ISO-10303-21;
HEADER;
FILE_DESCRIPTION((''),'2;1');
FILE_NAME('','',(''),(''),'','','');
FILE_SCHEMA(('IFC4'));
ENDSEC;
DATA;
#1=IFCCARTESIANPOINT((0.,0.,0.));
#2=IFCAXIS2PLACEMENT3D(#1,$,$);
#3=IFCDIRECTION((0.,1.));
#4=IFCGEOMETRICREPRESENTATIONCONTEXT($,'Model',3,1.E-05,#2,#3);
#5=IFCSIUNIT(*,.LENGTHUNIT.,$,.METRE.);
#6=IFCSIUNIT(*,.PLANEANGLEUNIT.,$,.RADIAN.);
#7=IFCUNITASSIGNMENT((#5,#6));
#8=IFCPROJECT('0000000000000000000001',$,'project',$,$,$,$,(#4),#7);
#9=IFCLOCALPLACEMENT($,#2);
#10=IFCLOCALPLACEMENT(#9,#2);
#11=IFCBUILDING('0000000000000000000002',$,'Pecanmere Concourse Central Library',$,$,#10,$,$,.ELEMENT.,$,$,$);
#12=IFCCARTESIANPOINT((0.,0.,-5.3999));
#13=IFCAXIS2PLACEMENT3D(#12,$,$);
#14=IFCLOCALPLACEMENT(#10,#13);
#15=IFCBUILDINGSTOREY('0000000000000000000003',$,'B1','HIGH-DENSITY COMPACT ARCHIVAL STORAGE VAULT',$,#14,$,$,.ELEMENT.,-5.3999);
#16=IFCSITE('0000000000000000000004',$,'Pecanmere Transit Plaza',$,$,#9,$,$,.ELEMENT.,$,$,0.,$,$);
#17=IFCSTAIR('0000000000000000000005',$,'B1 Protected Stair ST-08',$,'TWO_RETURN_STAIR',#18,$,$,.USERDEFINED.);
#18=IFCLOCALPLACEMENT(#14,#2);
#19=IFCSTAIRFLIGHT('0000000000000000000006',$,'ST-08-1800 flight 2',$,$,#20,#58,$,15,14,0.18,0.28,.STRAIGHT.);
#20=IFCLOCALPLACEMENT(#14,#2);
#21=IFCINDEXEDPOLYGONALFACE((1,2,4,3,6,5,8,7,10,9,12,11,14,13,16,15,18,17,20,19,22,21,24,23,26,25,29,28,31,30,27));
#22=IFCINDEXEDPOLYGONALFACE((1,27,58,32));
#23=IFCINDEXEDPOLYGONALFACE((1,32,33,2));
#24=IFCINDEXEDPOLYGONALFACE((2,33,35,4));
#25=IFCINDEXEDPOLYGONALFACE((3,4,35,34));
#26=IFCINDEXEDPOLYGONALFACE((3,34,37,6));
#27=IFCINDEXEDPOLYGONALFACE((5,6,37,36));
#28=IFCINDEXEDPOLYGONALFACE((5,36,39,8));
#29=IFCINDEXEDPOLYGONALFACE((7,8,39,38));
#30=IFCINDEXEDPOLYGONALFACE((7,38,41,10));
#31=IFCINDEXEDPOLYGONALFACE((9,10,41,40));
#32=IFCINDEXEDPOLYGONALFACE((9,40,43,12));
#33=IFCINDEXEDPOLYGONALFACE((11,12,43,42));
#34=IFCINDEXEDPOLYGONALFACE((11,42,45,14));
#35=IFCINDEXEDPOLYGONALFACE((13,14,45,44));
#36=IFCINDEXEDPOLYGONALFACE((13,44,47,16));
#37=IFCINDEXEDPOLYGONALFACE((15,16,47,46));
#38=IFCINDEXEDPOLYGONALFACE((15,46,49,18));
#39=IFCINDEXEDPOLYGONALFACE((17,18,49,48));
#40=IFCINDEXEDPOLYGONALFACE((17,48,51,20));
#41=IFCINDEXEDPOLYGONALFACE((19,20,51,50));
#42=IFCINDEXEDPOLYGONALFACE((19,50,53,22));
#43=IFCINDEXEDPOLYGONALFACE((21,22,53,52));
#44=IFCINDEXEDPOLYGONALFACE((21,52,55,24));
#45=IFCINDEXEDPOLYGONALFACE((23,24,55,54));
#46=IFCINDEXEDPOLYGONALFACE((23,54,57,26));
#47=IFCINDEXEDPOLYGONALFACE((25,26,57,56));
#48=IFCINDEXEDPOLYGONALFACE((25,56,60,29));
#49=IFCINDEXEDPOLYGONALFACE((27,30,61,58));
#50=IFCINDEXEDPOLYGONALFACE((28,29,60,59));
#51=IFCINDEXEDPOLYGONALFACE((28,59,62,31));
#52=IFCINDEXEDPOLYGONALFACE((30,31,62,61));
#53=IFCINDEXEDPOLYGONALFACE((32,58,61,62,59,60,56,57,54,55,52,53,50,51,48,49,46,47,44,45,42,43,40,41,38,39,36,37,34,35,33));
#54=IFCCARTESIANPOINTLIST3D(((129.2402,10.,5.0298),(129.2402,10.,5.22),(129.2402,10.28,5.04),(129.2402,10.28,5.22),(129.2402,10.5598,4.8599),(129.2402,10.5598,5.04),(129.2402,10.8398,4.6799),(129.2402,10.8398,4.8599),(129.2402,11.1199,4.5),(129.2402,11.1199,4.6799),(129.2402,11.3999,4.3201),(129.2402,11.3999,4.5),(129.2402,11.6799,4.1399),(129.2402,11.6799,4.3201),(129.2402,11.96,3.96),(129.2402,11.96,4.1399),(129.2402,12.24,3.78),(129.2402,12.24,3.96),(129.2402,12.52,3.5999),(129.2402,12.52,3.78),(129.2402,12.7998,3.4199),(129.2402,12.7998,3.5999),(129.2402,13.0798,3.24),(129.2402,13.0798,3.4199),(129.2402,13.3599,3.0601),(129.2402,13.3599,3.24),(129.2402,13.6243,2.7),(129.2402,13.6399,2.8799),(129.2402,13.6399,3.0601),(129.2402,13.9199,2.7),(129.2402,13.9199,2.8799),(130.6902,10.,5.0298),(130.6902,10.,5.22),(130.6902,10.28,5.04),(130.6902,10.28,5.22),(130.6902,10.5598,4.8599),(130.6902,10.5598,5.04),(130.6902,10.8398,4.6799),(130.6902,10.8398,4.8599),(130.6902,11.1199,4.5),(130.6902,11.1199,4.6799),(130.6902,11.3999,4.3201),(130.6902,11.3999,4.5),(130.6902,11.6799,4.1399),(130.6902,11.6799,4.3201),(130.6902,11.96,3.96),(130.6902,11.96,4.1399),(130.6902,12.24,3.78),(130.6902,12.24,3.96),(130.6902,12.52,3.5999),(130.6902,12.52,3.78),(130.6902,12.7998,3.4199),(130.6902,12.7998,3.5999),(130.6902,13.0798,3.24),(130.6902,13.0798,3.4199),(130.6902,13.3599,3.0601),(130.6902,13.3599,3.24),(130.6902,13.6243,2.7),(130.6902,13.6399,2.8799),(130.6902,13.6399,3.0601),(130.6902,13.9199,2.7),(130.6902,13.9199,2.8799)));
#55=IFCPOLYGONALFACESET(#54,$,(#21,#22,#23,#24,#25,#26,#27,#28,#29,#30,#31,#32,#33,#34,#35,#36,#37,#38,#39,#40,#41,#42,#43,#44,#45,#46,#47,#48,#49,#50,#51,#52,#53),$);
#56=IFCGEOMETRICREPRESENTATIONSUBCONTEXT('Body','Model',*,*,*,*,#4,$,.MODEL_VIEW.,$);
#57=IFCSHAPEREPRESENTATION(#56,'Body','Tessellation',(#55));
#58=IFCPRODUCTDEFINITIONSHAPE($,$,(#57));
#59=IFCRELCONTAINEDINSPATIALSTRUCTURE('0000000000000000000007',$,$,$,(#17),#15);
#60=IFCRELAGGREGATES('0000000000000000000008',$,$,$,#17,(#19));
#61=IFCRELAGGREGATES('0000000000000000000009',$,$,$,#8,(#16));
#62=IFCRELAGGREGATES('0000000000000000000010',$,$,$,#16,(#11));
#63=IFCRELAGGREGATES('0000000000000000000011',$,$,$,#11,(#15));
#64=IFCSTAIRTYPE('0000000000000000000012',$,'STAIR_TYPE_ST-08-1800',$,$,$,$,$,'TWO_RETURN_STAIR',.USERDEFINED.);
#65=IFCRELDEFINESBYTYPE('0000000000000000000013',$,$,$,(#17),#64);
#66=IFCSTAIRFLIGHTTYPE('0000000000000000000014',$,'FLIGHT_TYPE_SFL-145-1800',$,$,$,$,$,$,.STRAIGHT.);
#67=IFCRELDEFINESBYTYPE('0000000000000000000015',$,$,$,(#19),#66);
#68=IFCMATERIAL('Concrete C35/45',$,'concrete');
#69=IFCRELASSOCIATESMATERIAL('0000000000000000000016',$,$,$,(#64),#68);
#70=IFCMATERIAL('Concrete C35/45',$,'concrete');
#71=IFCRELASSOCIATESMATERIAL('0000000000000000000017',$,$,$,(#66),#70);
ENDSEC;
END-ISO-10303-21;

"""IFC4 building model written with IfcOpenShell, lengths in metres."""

from ifc_helpers import new_model, si_unit, direction, frame, origin, place, context, subcontext, project, spatial, polyline, outline, extrude, material, type_object, element, aggregate, save


model = new_model("IFC4")

# Units and contexts
model_context = context("Model", 3, precision=1e-05, world=origin(), true_north=direction((0.0, 1.0)))
body_context = subcontext(model_context, "Body", "Model", "MODEL_VIEW")
ifc_project = project(units=[si_unit("LENGTHUNIT", "METRE"), si_unit("PLANEANGLEUNIT", "RADIAN")], contexts=[model_context])

# Site, building, storey
site_placement = place(None, origin())
site = spatial("IfcSite", under=ifc_project, at=site_placement, Name="Pecanmere Transit Plaza", CompositionType="ELEMENT", RefElevation=0.0)
building_placement = place(site_placement, origin())
building = spatial("IfcBuilding", under=site, at=building_placement, Name="Pecanmere Concourse Central Library", CompositionType="ELEMENT")
storey_placement = place(building_placement, frame((0.0, 0.0, -5.3999)))
storey = spatial("IfcBuildingStorey", under=building, at=storey_placement, Name="B1", Description="HIGH-DENSITY COMPACT ARCHIVAL STORAGE VAULT", CompositionType="ELEMENT", Elevation=-5.3999)

# Stair, stair flight
ifc_material_1 = material(Name="Concrete C35/45", Category="concrete")
stair_type = type_object("IfcStairType", Name="STAIR_TYPE_ST-08-1800", ElementType="TWO_RETURN_STAIR", PredefinedType="USERDEFINED", material=ifc_material_1)
stair_placement = place(storey_placement, origin())
stair = element("IfcStair", 1, at=stair_placement, inside=storey, type_object=stair_type, Name="B1 Protected Stair ST-08", ObjectType="TWO_RETURN_STAIR", PredefinedType="USERDEFINED")
ifc_material_2 = material(Name="Concrete C35/45", Category="concrete")
stair_flight_type = type_object("IfcStairFlightType", Name="FLIGHT_TYPE_SFL-145-1800", PredefinedType="STRAIGHT", material=ifc_material_2)
stair_flight_1_placement = place(storey_placement, frame((129.9651, 13.9199, 2.7), z_axis=(0.0, 0.0, 1.0), x_axis=(0.0, -1.0, 0.0)))
stair_flight_1 = element("IfcStairFlight", 2, at=stair_flight_1_placement, type_object=stair_flight_type, Name="ST-08-1800 flight 2", NumberOfRisers=15, NumberOfTreads=14, PredefinedType="STRAIGHT", RiserHeight=0.18, TreadLength=0.28, context=body_context, shape_type="SweptSolid", body=[
    extrude(outline(polyline([(0.0, 0.0), (0.0, 0.1799), (0.28, 0.1799), (0.28, 0.3601), (0.5601, 0.3601), (0.5601, 0.54), (0.8401, 0.54), (0.8401, 0.72), (1.1201, 0.72), (1.1201, 0.8999), (1.3999, 0.8999), (1.3999, 1.0801), (1.6799, 1.0801), (1.6799, 1.26), (1.96, 1.26), (1.96, 1.4399), (2.24, 1.4399), (2.24, 1.6201), (2.52, 1.6201), (2.52, 1.8), (2.8, 1.8), (2.8, 1.98), (3.0801, 1.98), (3.0801, 2.1599), (3.3601, 2.1599), (3.3601, 2.3401), (3.6399, 2.3401), (3.6399, 2.52), (3.9199, 2.52), (3.9199, 2.7), (3.9199, 2.3298), (0.2957, 0.0), (0.0, 0.0)])), frame((0.0, 0.7251, 0.0), z_axis=(0.0, -1.0, 0.0), x_axis=(1.0, 0.0, 0.0)), (0.0, 0.0, 1.0), 1.45),
])
aggregate(stair, [stair_flight_1])

save(model, "model.ifc")
